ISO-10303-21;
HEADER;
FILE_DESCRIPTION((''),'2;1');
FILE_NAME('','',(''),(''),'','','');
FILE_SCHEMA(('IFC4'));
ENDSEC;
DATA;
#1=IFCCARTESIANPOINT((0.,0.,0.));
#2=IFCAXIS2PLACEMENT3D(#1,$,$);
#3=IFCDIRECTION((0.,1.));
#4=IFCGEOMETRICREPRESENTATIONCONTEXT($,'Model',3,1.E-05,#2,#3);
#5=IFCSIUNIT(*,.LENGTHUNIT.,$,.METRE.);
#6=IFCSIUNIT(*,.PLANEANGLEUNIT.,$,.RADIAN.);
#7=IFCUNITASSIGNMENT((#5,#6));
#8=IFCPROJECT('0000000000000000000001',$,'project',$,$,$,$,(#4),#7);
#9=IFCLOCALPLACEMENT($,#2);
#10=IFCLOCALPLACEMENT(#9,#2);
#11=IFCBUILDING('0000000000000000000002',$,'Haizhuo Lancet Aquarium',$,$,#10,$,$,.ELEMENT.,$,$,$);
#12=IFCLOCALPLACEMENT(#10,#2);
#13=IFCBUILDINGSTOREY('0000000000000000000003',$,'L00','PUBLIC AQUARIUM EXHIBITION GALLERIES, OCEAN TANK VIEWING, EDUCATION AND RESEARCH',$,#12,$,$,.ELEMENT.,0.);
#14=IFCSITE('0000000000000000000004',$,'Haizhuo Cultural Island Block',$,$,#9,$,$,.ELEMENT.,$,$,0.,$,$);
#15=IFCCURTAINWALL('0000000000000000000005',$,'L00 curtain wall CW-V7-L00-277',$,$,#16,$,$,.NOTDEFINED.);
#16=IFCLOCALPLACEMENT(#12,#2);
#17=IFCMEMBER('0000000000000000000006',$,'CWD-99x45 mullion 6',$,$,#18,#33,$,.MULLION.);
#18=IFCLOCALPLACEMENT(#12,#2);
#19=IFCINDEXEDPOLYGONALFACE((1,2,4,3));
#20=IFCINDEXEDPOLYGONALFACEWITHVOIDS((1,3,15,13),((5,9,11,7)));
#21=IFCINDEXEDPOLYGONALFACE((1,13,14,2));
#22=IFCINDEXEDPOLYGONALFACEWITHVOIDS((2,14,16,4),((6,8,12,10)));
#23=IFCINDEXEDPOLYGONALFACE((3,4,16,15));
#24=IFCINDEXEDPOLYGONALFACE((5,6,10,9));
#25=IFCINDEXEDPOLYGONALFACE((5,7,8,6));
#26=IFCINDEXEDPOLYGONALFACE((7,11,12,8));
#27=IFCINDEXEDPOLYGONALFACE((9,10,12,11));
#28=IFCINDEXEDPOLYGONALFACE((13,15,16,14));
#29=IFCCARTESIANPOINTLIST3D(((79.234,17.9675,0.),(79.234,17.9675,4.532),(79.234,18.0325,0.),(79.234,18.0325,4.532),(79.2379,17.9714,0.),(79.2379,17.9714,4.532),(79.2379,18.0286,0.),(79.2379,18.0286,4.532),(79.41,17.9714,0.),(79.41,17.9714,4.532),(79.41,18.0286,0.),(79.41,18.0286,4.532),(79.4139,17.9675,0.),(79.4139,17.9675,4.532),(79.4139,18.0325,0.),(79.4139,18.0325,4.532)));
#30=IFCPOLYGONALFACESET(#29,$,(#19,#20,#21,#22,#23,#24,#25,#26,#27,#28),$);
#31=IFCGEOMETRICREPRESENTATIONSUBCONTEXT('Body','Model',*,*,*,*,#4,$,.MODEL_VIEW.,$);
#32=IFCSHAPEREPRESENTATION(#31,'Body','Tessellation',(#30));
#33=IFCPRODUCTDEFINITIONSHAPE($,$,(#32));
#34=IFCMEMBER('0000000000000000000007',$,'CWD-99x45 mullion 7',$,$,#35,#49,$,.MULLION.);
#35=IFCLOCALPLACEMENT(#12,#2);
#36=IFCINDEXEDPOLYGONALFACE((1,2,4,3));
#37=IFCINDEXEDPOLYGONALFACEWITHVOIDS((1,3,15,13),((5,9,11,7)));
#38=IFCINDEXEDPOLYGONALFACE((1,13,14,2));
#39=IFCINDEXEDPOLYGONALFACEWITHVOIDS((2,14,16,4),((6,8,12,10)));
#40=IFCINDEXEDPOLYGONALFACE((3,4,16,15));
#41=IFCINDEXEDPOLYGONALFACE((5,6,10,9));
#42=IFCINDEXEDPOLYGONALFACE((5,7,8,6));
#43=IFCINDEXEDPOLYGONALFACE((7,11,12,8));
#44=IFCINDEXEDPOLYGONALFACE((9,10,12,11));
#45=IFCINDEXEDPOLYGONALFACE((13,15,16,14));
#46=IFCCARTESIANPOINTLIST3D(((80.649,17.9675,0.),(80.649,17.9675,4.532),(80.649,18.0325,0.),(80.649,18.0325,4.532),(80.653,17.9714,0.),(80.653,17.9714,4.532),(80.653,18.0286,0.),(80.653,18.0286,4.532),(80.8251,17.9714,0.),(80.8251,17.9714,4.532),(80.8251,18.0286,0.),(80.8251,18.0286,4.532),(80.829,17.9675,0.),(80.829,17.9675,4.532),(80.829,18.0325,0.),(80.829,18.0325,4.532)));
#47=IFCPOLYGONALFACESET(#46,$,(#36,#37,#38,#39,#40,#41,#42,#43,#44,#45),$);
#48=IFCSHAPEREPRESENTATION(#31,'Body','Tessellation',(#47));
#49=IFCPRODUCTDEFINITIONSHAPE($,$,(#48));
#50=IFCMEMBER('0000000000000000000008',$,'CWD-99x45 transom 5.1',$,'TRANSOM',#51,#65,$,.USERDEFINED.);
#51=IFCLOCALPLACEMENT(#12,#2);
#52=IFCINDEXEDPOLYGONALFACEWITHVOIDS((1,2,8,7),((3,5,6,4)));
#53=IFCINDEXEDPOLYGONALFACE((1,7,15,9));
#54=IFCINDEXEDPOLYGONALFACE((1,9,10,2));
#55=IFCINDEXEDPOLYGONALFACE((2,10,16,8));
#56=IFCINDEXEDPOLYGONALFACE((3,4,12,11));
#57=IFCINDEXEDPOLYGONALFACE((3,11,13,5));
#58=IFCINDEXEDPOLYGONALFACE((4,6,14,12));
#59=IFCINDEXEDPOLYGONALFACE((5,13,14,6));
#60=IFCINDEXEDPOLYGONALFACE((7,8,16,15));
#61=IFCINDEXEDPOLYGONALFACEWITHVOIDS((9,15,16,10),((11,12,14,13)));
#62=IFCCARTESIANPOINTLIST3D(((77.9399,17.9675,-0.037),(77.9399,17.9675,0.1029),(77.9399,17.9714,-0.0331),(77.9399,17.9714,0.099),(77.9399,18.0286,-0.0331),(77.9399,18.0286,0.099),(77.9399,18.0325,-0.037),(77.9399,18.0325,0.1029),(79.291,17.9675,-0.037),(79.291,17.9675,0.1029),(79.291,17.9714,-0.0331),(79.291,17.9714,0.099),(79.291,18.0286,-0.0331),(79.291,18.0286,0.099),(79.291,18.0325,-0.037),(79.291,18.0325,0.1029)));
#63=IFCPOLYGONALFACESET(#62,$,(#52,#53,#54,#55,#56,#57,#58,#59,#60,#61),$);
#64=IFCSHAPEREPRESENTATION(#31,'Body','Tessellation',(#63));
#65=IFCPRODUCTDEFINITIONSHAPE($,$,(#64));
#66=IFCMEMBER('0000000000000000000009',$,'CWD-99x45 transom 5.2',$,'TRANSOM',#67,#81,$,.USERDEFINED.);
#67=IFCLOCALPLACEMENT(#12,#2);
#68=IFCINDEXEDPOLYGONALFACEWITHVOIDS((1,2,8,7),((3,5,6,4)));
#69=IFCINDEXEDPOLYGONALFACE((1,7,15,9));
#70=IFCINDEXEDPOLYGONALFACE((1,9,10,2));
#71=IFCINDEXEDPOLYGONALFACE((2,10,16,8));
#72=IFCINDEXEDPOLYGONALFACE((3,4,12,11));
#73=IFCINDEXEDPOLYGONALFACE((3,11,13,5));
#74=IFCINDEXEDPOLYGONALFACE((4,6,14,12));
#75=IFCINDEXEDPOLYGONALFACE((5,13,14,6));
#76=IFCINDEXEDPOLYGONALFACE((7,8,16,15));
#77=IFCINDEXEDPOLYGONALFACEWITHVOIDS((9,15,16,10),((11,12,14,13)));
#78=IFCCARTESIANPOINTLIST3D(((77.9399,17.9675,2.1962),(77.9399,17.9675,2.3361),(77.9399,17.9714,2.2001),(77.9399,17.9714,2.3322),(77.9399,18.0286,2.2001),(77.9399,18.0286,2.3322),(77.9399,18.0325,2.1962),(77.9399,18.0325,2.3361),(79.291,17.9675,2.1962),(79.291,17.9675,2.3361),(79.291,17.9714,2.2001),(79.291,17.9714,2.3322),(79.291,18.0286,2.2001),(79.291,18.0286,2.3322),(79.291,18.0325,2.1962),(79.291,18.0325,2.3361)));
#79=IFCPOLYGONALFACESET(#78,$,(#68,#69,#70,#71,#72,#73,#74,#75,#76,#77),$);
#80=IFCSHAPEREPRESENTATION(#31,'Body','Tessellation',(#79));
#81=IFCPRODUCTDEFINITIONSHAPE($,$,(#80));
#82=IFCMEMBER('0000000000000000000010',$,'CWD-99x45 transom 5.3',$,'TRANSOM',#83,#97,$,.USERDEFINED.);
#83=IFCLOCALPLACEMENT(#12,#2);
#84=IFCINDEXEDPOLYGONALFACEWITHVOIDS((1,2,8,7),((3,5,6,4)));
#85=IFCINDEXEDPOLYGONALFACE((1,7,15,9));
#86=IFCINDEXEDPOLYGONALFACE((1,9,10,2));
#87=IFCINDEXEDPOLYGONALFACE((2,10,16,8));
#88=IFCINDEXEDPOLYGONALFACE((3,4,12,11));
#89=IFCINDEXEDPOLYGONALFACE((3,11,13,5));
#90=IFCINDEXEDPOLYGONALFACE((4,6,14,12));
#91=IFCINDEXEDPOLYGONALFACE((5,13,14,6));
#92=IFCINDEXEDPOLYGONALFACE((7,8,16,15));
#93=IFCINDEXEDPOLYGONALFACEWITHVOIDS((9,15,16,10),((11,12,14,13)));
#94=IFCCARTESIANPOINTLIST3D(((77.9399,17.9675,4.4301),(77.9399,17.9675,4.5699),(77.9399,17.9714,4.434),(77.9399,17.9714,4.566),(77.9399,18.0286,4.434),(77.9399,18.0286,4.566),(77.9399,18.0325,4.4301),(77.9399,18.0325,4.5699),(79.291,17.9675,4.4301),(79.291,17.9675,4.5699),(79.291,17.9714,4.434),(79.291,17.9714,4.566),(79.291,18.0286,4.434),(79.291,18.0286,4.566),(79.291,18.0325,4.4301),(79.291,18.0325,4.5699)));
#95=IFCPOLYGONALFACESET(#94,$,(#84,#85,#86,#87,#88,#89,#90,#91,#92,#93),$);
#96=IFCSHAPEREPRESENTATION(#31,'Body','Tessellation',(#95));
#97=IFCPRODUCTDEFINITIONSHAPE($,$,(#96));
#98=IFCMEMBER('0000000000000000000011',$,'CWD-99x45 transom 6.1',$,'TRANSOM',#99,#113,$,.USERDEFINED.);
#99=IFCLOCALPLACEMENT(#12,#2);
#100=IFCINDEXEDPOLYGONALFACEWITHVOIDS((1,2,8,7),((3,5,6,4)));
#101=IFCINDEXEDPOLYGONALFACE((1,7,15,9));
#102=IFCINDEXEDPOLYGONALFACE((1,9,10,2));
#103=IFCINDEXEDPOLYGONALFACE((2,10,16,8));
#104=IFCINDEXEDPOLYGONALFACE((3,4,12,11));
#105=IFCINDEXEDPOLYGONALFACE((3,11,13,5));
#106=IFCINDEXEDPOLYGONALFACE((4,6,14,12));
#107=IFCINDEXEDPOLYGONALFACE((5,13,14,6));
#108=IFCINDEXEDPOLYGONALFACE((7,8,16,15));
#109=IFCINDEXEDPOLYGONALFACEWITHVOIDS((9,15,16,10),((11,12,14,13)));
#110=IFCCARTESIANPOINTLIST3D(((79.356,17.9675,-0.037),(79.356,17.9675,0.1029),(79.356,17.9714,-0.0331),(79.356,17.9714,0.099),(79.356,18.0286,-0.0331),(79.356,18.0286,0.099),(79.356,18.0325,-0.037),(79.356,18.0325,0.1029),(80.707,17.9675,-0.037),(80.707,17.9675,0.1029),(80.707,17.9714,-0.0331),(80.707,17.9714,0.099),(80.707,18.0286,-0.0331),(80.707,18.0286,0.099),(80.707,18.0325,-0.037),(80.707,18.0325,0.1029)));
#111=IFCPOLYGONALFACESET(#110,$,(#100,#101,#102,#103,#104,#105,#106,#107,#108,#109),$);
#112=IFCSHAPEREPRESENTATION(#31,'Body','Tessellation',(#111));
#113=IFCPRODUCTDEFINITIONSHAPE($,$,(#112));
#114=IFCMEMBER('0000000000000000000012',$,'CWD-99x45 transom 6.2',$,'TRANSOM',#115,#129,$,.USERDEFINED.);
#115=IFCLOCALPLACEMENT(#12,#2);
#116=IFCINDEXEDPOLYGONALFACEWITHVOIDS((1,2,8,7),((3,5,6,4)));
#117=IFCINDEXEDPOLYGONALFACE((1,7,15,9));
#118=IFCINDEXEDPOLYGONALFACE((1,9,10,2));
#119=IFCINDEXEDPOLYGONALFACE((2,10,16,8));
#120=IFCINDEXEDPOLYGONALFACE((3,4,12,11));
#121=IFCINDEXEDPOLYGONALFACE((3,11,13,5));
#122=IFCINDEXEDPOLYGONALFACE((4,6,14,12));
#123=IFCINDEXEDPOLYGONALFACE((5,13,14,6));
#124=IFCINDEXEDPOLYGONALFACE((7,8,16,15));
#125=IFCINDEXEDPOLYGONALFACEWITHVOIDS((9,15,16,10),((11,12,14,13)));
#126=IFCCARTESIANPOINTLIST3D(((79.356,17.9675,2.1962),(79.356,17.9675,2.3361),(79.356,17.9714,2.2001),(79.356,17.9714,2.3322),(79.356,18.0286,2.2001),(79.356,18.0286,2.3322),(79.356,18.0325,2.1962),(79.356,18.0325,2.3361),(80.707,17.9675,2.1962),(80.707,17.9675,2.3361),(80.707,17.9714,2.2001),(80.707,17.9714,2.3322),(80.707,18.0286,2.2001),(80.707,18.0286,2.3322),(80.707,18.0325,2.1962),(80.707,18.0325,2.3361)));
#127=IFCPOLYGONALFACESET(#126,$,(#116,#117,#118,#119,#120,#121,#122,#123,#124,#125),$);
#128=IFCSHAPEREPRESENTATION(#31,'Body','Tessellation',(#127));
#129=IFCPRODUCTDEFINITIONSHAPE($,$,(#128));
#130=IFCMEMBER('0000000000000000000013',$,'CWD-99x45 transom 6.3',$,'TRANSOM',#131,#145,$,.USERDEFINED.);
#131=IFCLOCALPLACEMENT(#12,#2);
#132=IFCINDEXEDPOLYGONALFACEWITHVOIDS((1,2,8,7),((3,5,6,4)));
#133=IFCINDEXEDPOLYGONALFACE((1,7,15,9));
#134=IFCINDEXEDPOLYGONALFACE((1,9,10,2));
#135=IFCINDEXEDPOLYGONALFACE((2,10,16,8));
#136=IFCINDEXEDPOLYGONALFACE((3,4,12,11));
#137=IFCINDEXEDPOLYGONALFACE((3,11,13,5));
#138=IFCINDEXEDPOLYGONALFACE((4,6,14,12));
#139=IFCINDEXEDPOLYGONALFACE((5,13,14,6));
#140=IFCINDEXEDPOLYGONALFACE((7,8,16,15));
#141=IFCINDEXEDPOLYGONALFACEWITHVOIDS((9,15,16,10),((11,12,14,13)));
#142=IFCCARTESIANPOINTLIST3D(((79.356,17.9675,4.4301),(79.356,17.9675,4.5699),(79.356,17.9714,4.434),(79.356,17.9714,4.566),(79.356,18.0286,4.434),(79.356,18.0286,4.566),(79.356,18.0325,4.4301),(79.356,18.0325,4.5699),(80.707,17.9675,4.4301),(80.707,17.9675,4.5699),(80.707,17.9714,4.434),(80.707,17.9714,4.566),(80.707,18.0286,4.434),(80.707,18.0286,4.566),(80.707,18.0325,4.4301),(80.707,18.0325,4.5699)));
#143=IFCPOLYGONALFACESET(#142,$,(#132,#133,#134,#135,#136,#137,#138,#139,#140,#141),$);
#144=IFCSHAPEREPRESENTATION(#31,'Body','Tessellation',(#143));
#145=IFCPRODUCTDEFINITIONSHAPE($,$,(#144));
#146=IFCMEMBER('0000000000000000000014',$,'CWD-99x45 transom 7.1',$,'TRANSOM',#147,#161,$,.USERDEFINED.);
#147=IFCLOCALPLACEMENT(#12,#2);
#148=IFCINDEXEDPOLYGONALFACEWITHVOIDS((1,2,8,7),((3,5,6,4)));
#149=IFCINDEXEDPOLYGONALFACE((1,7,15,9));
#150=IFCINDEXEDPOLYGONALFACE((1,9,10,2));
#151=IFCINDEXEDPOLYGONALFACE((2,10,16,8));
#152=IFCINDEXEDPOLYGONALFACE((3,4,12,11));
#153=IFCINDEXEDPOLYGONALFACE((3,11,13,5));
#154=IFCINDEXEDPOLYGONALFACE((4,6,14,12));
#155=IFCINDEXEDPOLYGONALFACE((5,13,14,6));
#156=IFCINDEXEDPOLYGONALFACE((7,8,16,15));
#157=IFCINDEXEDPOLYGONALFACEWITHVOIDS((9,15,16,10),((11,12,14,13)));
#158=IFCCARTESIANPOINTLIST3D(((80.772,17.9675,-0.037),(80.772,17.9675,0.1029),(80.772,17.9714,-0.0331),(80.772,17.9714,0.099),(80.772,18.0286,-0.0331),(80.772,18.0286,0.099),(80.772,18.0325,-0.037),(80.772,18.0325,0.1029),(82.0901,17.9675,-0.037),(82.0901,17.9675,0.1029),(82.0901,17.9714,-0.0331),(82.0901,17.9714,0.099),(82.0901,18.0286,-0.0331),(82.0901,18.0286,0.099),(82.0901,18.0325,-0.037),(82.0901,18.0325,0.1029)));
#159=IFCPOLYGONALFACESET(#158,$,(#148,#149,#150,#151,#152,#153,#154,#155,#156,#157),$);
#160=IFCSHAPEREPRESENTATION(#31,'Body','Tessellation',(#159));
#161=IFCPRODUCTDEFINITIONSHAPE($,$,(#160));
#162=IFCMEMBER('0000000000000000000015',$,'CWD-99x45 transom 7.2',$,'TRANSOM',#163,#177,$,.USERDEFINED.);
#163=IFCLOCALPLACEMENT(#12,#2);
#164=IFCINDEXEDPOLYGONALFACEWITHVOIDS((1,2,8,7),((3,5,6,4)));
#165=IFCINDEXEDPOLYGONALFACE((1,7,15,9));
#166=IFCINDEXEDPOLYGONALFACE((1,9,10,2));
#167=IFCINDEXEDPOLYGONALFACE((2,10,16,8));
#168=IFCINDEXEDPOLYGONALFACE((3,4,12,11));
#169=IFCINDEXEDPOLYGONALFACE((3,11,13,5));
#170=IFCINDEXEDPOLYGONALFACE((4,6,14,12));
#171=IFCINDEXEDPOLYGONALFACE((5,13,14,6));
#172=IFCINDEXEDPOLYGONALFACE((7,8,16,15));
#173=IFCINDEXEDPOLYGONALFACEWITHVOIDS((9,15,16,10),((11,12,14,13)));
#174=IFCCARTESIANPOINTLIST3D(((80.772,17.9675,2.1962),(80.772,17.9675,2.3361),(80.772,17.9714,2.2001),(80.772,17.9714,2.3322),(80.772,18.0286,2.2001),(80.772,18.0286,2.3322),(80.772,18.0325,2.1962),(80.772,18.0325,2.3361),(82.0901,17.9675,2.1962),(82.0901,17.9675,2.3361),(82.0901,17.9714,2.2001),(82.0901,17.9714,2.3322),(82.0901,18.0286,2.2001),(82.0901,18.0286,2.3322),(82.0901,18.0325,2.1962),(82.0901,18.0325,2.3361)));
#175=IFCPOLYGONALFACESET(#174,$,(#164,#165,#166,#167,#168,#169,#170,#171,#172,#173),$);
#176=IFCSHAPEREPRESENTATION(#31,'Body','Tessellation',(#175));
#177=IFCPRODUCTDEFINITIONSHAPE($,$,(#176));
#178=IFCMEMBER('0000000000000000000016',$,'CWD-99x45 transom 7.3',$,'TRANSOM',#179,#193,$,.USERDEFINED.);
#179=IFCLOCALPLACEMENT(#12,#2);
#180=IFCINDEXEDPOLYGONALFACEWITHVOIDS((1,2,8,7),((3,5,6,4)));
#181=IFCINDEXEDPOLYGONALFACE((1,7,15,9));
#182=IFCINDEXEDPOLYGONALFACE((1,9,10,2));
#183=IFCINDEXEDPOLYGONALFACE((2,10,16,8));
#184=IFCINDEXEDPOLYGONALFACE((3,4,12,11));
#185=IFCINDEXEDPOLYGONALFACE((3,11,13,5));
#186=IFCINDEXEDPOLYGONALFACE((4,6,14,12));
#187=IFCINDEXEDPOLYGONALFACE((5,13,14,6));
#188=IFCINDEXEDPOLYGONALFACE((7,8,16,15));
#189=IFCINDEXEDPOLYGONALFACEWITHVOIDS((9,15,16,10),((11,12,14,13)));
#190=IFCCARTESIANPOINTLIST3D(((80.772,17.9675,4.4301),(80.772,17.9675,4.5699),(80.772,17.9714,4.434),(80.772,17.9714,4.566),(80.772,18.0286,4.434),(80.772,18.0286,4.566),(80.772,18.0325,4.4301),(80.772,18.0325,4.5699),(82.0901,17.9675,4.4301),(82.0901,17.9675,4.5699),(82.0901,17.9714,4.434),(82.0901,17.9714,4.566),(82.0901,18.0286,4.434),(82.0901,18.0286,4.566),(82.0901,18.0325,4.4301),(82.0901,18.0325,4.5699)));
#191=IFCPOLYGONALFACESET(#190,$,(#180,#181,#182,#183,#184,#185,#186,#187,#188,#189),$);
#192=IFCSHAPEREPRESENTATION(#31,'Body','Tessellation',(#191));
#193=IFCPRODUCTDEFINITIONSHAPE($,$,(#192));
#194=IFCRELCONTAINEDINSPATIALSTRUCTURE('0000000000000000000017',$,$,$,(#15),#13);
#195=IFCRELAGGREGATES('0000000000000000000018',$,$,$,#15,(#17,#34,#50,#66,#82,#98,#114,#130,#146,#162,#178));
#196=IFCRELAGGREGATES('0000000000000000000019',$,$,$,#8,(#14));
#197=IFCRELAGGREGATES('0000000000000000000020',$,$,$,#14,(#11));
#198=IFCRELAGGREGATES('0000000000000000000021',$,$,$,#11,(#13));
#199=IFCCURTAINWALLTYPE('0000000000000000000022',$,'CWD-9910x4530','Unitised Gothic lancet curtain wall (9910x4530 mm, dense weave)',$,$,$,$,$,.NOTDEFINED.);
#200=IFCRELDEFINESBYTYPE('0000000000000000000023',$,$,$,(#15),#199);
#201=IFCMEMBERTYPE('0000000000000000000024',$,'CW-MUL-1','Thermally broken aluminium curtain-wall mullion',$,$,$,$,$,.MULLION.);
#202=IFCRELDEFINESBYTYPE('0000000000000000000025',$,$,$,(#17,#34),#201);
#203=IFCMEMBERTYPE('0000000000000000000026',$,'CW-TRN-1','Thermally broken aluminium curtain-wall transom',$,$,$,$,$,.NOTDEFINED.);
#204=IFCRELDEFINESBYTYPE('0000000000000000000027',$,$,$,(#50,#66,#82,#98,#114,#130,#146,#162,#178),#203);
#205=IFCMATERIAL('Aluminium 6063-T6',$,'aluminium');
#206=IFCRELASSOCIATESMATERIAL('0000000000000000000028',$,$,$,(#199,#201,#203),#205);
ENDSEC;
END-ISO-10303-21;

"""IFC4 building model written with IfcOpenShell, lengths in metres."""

from ifc_helpers import new_model, si_unit, direction, frame, origin, origin_2d, place, context, subcontext, project, spatial, hollow_rectangle, extrude, material, material_profile, profile_set, type_object, element, aggregate, save


model = new_model("IFC4")

# Units and contexts
model_context = context("Model", 3, precision=1e-05, world=origin(), true_north=direction((0.0, 1.0)))
body_context = subcontext(model_context, "Body", "Model", "MODEL_VIEW")
ifc_project = project(units=[si_unit("LENGTHUNIT", "METRE"), si_unit("PLANEANGLEUNIT", "RADIAN")], contexts=[model_context])

# Site, building, storey
site_placement = place(None, origin())
site = spatial("IfcSite", under=ifc_project, at=site_placement, Name="Haizhuo Cultural Island Block", CompositionType="ELEMENT", RefElevation=0.0)
building_placement = place(site_placement, origin())
building = spatial("IfcBuilding", under=site, at=building_placement, Name="Haizhuo Lancet Aquarium", CompositionType="ELEMENT")
storey_placement = place(building_placement, origin())
storey = spatial("IfcBuildingStorey", under=building, at=storey_placement, Name="L00", Description="PUBLIC AQUARIUM EXHIBITION GALLERIES, OCEAN TANK VIEWING, EDUCATION AND RESEARCH", CompositionType="ELEMENT", Elevation=0.0)

# Curtain wall, members
ifc_material_1 = material(Name="Aluminium 6063-T6", Category="aluminium")
curtain_wall_type = type_object("IfcCurtainWallType", Name="CWD-9910x4530", Description="Unitised Gothic lancet curtain wall (9910x4530 mm, dense weave)", PredefinedType="NOTDEFINED", material=ifc_material_1)
curtain_wall_placement = place(storey_placement, origin())
curtain_wall = element("IfcCurtainWall", 1, at=curtain_wall_placement, inside=storey, type_object=curtain_wall_type, Name="L00 curtain wall CW-V7-L00-277", PredefinedType="NOTDEFINED")
ifc_material_profile_1 = material_profile(ifc_material_1, hollow_rectangle(XDim=0.0649, YDim=0.1799, WallThickness=0.0039, at=origin_2d()), Name="ALU-M 65x180x4")
ifc_profile_set_1 = profile_set([ifc_material_profile_1], Name="Aluminium 6063-T6")
member_type_1 = type_object("IfcMemberType", Name="CW-MUL-1", Description="Thermally broken aluminium curtain-wall mullion", PredefinedType="MULLION", material=ifc_profile_set_1)
member_1_placement = place(storey_placement, frame((79.324, 18.0, 0.0), z_axis=(0.0, 0.0, 1.0), x_axis=(0.0, 1.0, 0.0)))
member_1 = element("IfcMember", 2, at=member_1_placement, type_object=member_type_1, Name="CWD-99x45 mullion 6", PredefinedType="MULLION", context=body_context, shape_type="SweptSolid", body=[
    extrude(hollow_rectangle(XDim=0.0649, YDim=0.1799, WallThickness=0.0039, at=origin_2d()), origin(), (0.0, 0.0, 1.0), 4.532),
])
member_2_placement = place(storey_placement, frame((80.739, 18.0, 0.0), z_axis=(0.0, 0.0, 1.0), x_axis=(0.0, 1.0, 0.0)))
member_2 = element("IfcMember", 3, at=member_2_placement, type_object=member_type_1, Name="CWD-99x45 mullion 7", PredefinedType="MULLION", context=body_context, shape_type="SweptSolid", body=[
    extrude(hollow_rectangle(XDim=0.0649, YDim=0.1799, WallThickness=0.0039, at=origin_2d()), origin(), (0.0, 0.0, 1.0), 4.532),
])
ifc_material_profile_2 = material_profile(ifc_material_1, hollow_rectangle(XDim=0.0649, YDim=0.1399, WallThickness=0.0039, at=origin_2d()), Name="ALU-T 65x140x4")
ifc_profile_set_2 = profile_set([ifc_material_profile_2], Name="Aluminium 6063-T6")
member_type_2 = type_object("IfcMemberType", Name="CW-TRN-1", Description="Thermally broken aluminium curtain-wall transom", PredefinedType="NOTDEFINED", material=ifc_profile_set_2)
member_3_placement = place(storey_placement, frame((77.9399, 18.0, 0.033), z_axis=(1.0, 0.0, 0.0), x_axis=(0.0, 1.0, 0.0)))
member_3 = element("IfcMember", 4, at=member_3_placement, type_object=member_type_2, Name="CWD-99x45 transom 5.1", ObjectType="TRANSOM", PredefinedType="USERDEFINED", context=body_context, shape_type="SweptSolid", body=[
    extrude(hollow_rectangle(XDim=0.0649, YDim=0.1399, WallThickness=0.0039, at=origin_2d()), origin(), (0.0, 0.0, 1.0), 1.3511),
])
member_4_placement = place(storey_placement, frame((77.9399, 18.0, 2.2661), z_axis=(1.0, 0.0, 0.0), x_axis=(0.0, 1.0, 0.0)))
member_4 = element("IfcMember", 5, at=member_4_placement, type_object=member_type_2, Name="CWD-99x45 transom 5.2", ObjectType="TRANSOM", PredefinedType="USERDEFINED", context=body_context, shape_type="SweptSolid", body=[
    extrude(hollow_rectangle(XDim=0.0649, YDim=0.1399, WallThickness=0.0039, at=origin_2d()), origin(), (0.0, 0.0, 1.0), 1.3511),
])
member_5_placement = place(storey_placement, frame((77.9399, 18.0, 4.5), z_axis=(1.0, 0.0, 0.0), x_axis=(0.0, 1.0, 0.0)))
member_5 = element("IfcMember", 6, at=member_5_placement, type_object=member_type_2, Name="CWD-99x45 transom 5.3", ObjectType="TRANSOM", PredefinedType="USERDEFINED", context=body_context, shape_type="SweptSolid", body=[
    extrude(hollow_rectangle(XDim=0.0649, YDim=0.1399, WallThickness=0.0039, at=origin_2d()), origin(), (0.0, 0.0, 1.0), 1.3511),
])
member_6_placement = place(storey_placement, frame((79.356, 18.0, 0.033), z_axis=(1.0, 0.0, 0.0), x_axis=(0.0, 1.0, 0.0)))
member_6 = element("IfcMember", 7, at=member_6_placement, type_object=member_type_2, Name="CWD-99x45 transom 6.1", ObjectType="TRANSOM", PredefinedType="USERDEFINED", context=body_context, shape_type="SweptSolid", body=[
    extrude(hollow_rectangle(XDim=0.0649, YDim=0.1399, WallThickness=0.0039, at=origin_2d()), origin(), (0.0, 0.0, 1.0), 1.3511),
])
member_7_placement = place(storey_placement, frame((79.356, 18.0, 2.2661), z_axis=(1.0, 0.0, 0.0), x_axis=(0.0, 1.0, 0.0)))
member_7 = element("IfcMember", 8, at=member_7_placement, type_object=member_type_2, Name="CWD-99x45 transom 6.2", ObjectType="TRANSOM", PredefinedType="USERDEFINED", context=body_context, shape_type="SweptSolid", body=[
    extrude(hollow_rectangle(XDim=0.0649, YDim=0.1399, WallThickness=0.0039, at=origin_2d()), origin(), (0.0, 0.0, 1.0), 1.3511),
])
member_8_placement = place(storey_placement, frame((79.356, 18.0, 4.5), z_axis=(1.0, 0.0, 0.0), x_axis=(0.0, 1.0, 0.0)))
member_8 = element("IfcMember", 9, at=member_8_placement, type_object=member_type_2, Name="CWD-99x45 transom 6.3", ObjectType="TRANSOM", PredefinedType="USERDEFINED", context=body_context, shape_type="SweptSolid", body=[
    extrude(hollow_rectangle(XDim=0.0649, YDim=0.1399, WallThickness=0.0039, at=origin_2d()), origin(), (0.0, 0.0, 1.0), 1.3511),
])
member_9_placement = place(storey_placement, frame((80.772, 18.0, 0.033), z_axis=(1.0, 0.0, 0.0), x_axis=(0.0, 1.0, 0.0)))
member_9 = element("IfcMember", 10, at=member_9_placement, type_object=member_type_2, Name="CWD-99x45 transom 7.1", ObjectType="TRANSOM", PredefinedType="USERDEFINED", context=body_context, shape_type="SweptSolid", body=[
    extrude(hollow_rectangle(XDim=0.0649, YDim=0.1399, WallThickness=0.0039, at=origin_2d()), origin(), (0.0, 0.0, 1.0), 1.3181),
])
member_10_placement = place(storey_placement, frame((80.772, 18.0, 2.2661), z_axis=(1.0, 0.0, 0.0), x_axis=(0.0, 1.0, 0.0)))
member_10 = element("IfcMember", 11, at=member_10_placement, type_object=member_type_2, Name="CWD-99x45 transom 7.2", ObjectType="TRANSOM", PredefinedType="USERDEFINED", context=body_context, shape_type="SweptSolid", body=[
    extrude(hollow_rectangle(XDim=0.0649, YDim=0.1399, WallThickness=0.0039, at=origin_2d()), origin(), (0.0, 0.0, 1.0), 1.3181),
])
member_11_placement = place(storey_placement, frame((80.772, 18.0, 4.5), z_axis=(1.0, 0.0, 0.0), x_axis=(0.0, 1.0, 0.0)))
member_11 = element("IfcMember", 12, at=member_11_placement, type_object=member_type_2, Name="CWD-99x45 transom 7.3", ObjectType="TRANSOM", PredefinedType="USERDEFINED", context=body_context, shape_type="SweptSolid", body=[
    extrude(hollow_rectangle(XDim=0.0649, YDim=0.1399, WallThickness=0.0039, at=origin_2d()), origin(), (0.0, 0.0, 1.0), 1.3181),
])

aggregate(curtain_wall, [member_1, member_2, member_3, member_4, member_5, member_6, member_7, member_8, member_9, member_10, member_11])

save(model, "model.ifc")
